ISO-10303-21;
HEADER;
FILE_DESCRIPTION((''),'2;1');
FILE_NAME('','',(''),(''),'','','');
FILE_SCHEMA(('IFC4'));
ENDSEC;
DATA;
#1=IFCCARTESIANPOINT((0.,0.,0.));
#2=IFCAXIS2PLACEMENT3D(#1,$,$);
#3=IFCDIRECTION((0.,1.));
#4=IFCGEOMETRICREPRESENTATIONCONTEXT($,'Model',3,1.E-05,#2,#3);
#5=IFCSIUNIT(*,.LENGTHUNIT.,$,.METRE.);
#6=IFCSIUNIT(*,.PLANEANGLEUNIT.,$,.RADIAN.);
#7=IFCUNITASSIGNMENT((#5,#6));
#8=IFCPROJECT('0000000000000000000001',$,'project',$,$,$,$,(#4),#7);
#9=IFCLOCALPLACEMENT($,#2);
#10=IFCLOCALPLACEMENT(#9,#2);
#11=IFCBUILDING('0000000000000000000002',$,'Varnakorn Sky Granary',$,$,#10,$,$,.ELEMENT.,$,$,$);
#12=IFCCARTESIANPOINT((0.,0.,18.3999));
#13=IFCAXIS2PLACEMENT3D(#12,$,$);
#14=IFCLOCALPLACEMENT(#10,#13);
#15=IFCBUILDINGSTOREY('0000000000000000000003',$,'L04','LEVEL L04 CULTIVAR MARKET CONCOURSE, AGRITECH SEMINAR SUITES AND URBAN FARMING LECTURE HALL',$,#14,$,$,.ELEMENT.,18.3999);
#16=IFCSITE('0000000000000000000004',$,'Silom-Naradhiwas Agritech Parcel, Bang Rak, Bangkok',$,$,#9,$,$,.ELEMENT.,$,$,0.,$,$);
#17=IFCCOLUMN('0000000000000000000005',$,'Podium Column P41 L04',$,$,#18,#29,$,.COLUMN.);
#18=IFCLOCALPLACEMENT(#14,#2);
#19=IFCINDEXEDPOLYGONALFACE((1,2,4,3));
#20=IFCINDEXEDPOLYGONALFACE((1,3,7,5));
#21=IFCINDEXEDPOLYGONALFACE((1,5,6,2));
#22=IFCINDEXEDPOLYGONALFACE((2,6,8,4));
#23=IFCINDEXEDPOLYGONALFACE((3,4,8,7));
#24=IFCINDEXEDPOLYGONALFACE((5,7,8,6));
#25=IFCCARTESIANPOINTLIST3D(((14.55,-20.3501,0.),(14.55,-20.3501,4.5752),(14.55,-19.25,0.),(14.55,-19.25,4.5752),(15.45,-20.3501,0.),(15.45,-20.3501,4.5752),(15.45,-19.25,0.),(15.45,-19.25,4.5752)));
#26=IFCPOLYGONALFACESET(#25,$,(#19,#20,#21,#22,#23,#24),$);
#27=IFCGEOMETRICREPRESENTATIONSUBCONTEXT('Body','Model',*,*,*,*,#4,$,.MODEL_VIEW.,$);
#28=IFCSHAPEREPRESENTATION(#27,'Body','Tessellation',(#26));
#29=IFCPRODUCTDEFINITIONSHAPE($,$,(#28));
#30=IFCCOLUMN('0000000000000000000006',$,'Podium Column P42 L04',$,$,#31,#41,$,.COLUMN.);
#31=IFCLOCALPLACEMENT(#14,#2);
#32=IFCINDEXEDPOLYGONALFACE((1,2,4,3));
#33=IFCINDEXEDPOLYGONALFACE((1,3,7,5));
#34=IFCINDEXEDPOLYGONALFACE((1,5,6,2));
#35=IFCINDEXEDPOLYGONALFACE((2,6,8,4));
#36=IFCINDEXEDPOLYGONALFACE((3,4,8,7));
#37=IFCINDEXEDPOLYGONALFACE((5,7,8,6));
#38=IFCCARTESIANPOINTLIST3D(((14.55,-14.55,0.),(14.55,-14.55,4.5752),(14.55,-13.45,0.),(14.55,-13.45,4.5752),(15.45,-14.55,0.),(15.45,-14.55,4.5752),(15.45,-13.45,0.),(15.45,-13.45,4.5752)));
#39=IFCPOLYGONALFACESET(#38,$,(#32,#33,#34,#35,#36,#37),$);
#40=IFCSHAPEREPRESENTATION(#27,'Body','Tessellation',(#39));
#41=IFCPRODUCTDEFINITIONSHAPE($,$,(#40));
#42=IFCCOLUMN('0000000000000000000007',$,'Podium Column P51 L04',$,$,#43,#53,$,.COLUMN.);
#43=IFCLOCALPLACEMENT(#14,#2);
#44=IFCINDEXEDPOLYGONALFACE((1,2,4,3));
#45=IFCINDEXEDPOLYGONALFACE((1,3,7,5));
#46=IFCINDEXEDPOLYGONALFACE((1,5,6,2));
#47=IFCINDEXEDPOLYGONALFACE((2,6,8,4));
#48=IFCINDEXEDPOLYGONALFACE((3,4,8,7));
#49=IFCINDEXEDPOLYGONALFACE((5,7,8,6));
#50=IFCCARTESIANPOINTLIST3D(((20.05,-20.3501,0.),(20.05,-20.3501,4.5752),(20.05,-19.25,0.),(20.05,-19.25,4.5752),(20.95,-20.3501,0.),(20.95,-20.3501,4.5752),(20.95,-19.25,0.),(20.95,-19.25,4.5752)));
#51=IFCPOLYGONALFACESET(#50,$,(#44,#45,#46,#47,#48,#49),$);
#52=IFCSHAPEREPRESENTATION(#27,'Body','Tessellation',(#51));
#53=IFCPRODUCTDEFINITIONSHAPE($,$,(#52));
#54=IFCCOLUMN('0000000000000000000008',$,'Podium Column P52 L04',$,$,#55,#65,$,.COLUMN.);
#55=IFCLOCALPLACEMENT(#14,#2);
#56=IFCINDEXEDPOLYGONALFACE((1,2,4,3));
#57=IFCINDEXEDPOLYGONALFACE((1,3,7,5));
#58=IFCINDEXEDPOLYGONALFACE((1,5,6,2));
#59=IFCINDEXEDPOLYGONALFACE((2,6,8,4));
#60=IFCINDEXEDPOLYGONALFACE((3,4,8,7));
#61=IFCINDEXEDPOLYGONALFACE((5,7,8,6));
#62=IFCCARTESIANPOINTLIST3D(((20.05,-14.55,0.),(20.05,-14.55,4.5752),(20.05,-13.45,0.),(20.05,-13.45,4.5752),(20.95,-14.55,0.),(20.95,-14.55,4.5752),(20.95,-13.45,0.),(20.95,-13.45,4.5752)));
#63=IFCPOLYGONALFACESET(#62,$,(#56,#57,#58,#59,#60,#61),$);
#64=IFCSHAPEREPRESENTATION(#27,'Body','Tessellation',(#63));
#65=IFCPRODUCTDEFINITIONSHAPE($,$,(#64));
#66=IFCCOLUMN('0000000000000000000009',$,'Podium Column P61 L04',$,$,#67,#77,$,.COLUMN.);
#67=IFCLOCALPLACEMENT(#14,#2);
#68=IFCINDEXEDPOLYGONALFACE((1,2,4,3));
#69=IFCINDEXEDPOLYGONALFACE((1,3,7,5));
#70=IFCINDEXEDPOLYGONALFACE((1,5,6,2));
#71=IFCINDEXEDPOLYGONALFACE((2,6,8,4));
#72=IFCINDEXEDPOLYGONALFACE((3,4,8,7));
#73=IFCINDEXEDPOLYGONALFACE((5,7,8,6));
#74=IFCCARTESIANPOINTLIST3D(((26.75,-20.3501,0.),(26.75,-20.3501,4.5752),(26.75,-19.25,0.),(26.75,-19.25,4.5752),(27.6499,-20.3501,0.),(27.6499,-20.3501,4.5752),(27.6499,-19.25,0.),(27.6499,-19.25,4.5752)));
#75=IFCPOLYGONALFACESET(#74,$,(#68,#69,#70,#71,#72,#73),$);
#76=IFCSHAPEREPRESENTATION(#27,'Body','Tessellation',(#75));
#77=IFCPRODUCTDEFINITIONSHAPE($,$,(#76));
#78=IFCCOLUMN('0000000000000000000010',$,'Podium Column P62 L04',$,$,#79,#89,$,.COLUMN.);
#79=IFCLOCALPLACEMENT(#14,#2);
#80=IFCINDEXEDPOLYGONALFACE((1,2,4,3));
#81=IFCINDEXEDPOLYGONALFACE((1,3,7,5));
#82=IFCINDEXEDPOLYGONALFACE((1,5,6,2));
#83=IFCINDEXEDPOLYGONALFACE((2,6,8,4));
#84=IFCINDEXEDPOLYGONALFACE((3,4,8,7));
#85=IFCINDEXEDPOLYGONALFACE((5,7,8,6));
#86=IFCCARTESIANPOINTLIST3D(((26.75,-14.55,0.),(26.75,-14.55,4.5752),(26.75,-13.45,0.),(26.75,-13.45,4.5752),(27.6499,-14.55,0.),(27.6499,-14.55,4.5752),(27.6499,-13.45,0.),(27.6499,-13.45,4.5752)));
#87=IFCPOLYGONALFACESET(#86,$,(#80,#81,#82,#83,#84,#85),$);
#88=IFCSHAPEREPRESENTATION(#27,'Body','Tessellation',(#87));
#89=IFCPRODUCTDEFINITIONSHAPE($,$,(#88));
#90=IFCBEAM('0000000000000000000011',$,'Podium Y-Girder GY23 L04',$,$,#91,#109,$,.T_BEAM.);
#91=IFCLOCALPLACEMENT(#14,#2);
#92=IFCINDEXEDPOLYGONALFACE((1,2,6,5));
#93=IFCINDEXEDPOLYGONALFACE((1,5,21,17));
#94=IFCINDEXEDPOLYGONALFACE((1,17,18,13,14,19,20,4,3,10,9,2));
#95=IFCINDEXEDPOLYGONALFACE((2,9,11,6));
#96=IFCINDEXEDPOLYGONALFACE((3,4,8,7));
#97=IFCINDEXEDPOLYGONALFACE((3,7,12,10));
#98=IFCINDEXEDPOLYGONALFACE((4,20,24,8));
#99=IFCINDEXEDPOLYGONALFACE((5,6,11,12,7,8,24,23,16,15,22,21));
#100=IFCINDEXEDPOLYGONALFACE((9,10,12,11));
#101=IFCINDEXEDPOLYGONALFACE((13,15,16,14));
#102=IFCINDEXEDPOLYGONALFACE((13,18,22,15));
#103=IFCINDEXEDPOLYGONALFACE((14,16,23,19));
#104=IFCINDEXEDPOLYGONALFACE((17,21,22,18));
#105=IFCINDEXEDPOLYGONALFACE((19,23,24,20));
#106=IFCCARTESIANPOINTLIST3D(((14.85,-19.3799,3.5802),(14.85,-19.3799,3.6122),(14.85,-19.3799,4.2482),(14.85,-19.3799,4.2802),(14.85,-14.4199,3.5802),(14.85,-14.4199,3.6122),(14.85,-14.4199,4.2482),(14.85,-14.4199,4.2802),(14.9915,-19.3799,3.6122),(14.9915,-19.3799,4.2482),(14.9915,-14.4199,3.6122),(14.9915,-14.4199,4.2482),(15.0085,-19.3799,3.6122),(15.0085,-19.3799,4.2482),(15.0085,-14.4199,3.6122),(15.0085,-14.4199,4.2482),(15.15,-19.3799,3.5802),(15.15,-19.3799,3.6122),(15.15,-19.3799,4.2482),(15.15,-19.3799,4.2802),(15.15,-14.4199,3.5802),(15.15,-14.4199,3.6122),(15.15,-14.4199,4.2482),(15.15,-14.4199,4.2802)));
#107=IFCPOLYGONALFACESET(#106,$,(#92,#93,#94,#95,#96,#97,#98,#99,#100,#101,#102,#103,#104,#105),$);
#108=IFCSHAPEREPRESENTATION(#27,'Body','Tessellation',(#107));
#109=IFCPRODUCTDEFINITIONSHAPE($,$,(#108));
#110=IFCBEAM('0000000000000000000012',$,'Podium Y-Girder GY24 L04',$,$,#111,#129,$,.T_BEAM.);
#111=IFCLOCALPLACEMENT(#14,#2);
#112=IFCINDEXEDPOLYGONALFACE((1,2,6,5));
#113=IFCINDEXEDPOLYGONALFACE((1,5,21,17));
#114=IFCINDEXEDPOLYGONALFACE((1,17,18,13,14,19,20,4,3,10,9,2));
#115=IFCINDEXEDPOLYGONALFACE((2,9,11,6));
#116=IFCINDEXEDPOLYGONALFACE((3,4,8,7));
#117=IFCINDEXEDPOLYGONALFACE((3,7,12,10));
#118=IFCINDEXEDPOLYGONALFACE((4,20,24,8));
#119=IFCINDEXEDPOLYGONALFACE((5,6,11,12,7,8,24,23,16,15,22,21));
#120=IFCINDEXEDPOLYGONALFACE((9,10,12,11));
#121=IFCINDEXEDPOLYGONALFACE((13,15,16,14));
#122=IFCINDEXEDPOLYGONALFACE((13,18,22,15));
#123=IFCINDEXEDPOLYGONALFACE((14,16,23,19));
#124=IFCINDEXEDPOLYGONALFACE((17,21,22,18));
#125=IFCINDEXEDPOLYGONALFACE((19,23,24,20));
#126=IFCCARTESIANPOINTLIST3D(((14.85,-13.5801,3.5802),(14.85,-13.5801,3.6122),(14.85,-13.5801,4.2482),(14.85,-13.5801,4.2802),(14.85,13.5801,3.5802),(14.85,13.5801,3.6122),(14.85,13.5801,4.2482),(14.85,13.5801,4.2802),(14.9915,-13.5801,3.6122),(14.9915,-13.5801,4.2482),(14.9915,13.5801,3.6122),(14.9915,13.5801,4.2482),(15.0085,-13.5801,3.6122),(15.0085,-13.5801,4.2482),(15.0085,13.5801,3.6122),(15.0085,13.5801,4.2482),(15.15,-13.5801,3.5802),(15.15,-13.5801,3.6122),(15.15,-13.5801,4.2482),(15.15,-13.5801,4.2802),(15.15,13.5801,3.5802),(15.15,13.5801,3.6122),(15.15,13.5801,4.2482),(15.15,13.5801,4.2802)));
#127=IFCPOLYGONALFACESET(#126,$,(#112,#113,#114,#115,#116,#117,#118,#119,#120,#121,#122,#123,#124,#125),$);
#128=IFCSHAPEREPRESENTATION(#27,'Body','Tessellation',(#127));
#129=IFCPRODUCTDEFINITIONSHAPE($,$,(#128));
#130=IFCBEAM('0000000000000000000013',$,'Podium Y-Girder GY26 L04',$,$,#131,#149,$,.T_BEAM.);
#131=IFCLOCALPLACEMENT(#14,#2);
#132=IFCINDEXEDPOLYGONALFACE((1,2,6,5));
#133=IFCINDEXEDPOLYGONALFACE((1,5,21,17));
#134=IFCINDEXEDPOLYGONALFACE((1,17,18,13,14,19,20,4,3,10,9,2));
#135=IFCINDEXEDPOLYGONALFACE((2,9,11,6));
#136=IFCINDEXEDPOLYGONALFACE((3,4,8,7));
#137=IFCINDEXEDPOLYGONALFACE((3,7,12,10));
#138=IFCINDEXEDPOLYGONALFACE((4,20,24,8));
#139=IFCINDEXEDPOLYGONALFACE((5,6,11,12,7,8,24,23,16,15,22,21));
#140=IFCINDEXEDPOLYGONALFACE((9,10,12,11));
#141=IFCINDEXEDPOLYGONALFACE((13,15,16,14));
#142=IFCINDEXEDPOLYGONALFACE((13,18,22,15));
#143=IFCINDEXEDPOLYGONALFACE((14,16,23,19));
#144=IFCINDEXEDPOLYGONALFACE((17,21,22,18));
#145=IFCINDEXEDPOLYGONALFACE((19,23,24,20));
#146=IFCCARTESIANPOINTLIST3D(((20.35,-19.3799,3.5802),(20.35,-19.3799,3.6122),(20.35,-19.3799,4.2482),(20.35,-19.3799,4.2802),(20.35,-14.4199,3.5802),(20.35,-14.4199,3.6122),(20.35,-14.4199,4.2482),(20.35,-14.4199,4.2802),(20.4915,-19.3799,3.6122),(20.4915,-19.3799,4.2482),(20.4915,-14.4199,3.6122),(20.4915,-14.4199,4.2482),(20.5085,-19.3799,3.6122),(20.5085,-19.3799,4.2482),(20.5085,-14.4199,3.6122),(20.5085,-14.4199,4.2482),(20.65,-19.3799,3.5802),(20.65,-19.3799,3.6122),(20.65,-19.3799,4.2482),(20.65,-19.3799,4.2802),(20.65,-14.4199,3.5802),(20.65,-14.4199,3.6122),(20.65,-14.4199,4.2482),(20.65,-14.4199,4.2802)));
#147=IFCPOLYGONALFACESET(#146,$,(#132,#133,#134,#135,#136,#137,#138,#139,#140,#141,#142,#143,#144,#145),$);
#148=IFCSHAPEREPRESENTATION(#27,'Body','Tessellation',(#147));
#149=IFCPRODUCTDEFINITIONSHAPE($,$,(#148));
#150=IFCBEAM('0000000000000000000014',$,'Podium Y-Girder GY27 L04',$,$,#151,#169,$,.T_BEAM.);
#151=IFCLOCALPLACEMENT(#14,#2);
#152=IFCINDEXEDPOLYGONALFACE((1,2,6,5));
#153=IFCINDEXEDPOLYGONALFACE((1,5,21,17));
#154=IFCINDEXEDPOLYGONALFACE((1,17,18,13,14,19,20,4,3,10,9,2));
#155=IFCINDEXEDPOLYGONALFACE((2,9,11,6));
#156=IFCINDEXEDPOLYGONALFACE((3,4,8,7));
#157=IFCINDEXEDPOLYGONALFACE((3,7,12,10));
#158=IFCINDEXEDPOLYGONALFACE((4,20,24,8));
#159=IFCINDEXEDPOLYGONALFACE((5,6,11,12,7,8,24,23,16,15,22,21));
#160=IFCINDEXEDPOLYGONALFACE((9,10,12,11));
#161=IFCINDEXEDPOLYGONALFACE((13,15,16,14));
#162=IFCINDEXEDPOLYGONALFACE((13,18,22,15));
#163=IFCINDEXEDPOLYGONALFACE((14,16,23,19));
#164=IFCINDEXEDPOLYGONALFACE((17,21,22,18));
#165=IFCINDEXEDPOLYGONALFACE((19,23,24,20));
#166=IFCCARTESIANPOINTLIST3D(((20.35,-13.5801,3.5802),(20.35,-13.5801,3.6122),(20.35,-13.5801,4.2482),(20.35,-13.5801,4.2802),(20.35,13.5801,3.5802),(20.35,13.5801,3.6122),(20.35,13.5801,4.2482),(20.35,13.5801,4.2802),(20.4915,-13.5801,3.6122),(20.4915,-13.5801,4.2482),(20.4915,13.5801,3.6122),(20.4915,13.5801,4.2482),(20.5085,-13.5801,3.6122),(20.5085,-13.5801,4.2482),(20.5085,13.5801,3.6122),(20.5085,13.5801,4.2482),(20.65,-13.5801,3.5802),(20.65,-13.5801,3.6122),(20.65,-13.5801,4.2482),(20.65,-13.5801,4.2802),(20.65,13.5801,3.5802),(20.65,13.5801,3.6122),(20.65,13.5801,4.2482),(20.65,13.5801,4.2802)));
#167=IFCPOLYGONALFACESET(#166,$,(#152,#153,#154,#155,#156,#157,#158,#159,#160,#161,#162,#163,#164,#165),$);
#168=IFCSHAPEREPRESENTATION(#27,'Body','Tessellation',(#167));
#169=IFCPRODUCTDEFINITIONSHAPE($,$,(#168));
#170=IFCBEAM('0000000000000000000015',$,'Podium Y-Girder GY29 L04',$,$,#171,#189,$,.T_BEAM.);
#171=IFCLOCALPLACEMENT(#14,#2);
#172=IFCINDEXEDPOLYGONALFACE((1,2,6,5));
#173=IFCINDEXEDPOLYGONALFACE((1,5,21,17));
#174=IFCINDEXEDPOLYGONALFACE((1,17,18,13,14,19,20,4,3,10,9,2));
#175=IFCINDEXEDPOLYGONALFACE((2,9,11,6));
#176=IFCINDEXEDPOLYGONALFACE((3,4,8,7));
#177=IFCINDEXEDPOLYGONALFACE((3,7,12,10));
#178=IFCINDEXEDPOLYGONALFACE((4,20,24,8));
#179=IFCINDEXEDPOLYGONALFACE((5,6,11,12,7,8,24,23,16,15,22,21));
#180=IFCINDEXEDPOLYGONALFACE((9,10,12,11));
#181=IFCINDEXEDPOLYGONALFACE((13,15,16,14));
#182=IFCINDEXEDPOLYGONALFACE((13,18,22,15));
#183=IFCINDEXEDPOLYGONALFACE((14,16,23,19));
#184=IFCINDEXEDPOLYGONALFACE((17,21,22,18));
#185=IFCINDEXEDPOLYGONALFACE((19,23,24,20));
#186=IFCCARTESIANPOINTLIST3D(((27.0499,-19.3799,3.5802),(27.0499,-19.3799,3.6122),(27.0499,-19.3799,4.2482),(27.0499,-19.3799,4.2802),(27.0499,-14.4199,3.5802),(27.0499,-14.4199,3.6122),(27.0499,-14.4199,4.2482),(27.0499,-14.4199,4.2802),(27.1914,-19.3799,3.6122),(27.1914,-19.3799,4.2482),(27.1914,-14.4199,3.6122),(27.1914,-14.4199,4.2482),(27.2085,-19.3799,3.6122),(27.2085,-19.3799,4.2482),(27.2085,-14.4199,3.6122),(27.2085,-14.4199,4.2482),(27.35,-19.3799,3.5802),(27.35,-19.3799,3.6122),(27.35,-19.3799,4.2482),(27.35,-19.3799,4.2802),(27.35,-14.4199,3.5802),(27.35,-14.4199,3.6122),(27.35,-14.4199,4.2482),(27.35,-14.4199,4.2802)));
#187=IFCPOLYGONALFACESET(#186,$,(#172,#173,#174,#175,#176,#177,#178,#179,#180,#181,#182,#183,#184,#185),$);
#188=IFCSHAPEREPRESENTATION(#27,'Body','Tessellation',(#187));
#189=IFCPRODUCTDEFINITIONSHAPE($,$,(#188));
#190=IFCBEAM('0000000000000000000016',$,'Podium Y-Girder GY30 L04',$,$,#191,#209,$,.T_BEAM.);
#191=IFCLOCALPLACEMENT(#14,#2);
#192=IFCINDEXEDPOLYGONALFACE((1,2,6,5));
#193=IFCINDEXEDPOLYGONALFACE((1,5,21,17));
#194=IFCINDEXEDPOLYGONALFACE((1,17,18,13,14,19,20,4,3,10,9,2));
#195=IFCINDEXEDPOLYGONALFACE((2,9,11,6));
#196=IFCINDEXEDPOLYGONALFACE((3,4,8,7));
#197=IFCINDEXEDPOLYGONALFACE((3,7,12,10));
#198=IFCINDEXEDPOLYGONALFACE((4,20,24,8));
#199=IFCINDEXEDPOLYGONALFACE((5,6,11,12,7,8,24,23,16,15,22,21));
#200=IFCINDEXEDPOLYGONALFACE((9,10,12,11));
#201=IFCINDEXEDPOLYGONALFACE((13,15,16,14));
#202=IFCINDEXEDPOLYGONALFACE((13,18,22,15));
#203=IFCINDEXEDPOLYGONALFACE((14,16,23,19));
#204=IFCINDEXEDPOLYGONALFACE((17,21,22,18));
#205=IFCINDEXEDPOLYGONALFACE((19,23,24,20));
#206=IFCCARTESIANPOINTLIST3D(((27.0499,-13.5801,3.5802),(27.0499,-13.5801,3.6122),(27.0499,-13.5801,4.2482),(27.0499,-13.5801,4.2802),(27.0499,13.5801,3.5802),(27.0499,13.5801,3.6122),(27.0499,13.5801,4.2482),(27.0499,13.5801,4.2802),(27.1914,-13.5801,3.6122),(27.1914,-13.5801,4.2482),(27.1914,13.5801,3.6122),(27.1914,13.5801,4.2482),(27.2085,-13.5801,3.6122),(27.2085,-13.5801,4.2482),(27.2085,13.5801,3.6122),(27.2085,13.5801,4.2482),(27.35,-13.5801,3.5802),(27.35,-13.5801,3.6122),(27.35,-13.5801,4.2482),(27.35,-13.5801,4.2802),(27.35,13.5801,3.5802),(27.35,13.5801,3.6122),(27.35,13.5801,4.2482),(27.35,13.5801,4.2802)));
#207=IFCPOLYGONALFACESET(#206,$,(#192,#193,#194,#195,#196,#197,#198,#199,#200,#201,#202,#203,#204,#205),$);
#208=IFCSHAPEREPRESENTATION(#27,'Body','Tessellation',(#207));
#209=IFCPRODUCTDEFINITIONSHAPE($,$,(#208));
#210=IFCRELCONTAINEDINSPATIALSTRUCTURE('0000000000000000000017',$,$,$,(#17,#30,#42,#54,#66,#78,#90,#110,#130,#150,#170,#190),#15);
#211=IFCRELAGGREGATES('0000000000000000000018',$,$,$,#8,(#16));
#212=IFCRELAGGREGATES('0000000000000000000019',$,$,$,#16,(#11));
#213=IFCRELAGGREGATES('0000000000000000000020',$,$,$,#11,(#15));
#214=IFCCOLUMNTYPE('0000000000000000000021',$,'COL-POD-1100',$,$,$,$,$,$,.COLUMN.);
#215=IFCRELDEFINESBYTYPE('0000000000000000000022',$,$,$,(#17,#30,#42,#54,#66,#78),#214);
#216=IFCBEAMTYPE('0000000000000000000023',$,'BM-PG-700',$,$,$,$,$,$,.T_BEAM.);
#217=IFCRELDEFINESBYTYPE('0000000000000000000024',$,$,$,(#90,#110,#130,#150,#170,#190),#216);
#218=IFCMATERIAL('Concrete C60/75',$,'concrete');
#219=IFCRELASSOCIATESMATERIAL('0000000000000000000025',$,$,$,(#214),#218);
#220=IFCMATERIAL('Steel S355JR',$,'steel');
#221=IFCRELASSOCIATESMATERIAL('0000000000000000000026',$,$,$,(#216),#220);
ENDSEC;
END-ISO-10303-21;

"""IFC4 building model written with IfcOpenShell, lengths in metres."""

from ifc_helpers import new_model, si_unit, direction, frame, origin, origin_2d, place, context, subcontext, project, spatial, rectangle, i_section, extrude, material, material_profile, profile_set, type_object, element, save


model = new_model("IFC4")

# Units and contexts
model_context = context("Model", 3, precision=1e-05, world=origin(), true_north=direction((0.0, 1.0)))
body_context = subcontext(model_context, "Body", "Model", "MODEL_VIEW")
ifc_project = project(units=[si_unit("LENGTHUNIT", "METRE"), si_unit("PLANEANGLEUNIT", "RADIAN")], contexts=[model_context])

# Site, building, storey
site_placement = place(None, origin())
site = spatial("IfcSite", under=ifc_project, at=site_placement, Name="Silom-Naradhiwas Agritech Parcel, Bang Rak, Bangkok", CompositionType="ELEMENT", RefElevation=0.0)
building_placement = place(site_placement, origin())
building = spatial("IfcBuilding", under=site, at=building_placement, Name="Varnakorn Sky Granary", CompositionType="ELEMENT")
storey_placement = place(building_placement, frame((0.0, 0.0, 18.3999)))
storey = spatial("IfcBuildingStorey", under=building, at=storey_placement, Name="L04", Description="LEVEL L04 CULTIVAR MARKET CONCOURSE, AGRITECH SEMINAR SUITES AND URBAN FARMING LECTURE HALL", CompositionType="ELEMENT", Elevation=18.3999)

# Columns
ifc_material_1 = material(Name="Concrete C60/75", Category="concrete")
ifc_material_profile_1 = material_profile(ifc_material_1, rectangle(XDim=0.8999, YDim=1.1001, at=origin_2d()), Name="RC 900x1100")
ifc_profile_set_1 = profile_set([ifc_material_profile_1], Name="Concrete C60/75")
column_type = type_object("IfcColumnType", Name="COL-POD-1100", PredefinedType="COLUMN", material=ifc_profile_set_1)
for number, where, z_axis, x_axis, name in (
    (1, (15.0, -19.8, 0.0), (0.0, 0.0, 1.0), (1.0, 0.0, 0.0), "Podium Column P41 L04"),
    (2, (15.0, -14.0, 0.0), (0.0, 0.0, 1.0), (1.0, 0.0, 0.0), "Podium Column P42 L04"),
    (3, (20.5, -19.8, 0.0), (0.0, 0.0, 1.0), (1.0, 0.0, 0.0), "Podium Column P51 L04"),
    (4, (20.5, -14.0, 0.0), (0.0, 0.0, 1.0), (1.0, 0.0, 0.0), "Podium Column P52 L04"),
    (5, (27.2, -19.8, 0.0), (0.0, 0.0, 1.0), (1.0, 0.0, 0.0), "Podium Column P61 L04"),
    (6, (27.2, -14.0, 0.0), (0.0, 0.0, 1.0), (1.0, 0.0, 0.0), "Podium Column P62 L04"),
):
    element("IfcColumn", number, at=place(storey_placement, frame(where, z_axis=z_axis, x_axis=x_axis)), inside=storey, type_object=column_type, Name=name, PredefinedType="COLUMN", context=body_context, shape_type="SweptSolid", body=[
        extrude(rectangle(XDim=0.8999, YDim=1.1001, at=origin_2d()), origin(), (0.0, 0.0, 1.0), 4.5752),
    ])

# Beams
ifc_material_2 = material(Name="Steel S355JR", Category="steel")
ifc_material_profile_2 = material_profile(ifc_material_2, i_section(OverallWidth=0.3, OverallDepth=0.7, WebThickness=0.0171, FlangeThickness=0.032, at=origin_2d()), Name="HE 700 B")
ifc_profile_set_2 = profile_set([ifc_material_profile_2], Name="Steel S355JR")
beam_type_1 = type_object("IfcBeamType", Name="BM-PG-700", PredefinedType="T_BEAM", material=ifc_profile_set_2)
beam_1_placement = place(storey_placement, frame((15.0, -19.3799, 3.9302), z_axis=(0.0, 1.0, 0.0), x_axis=(-1.0, 0.0, 0.0)))
element("IfcBeam", 7, at=beam_1_placement, inside=storey, type_object=beam_type_1, Name="Podium Y-Girder GY23 L04", PredefinedType="T_BEAM", context=body_context, shape_type="SweptSolid", body=[
    extrude(i_section(OverallWidth=0.3, OverallDepth=0.7, WebThickness=0.0171, FlangeThickness=0.032, at=origin_2d()), origin(), (0.0, 0.0, 1.0), 4.96),
])
beam_2_placement = place(storey_placement, frame((15.0, -13.5801, 3.9302), z_axis=(0.0, 1.0, 0.0), x_axis=(-1.0, 0.0, 0.0)))
element("IfcBeam", 8, at=beam_2_placement, inside=storey, type_object=beam_type_1, Name="Podium Y-Girder GY24 L04", PredefinedType="T_BEAM", context=body_context, shape_type="SweptSolid", body=[
    extrude(i_section(OverallWidth=0.3, OverallDepth=0.7, WebThickness=0.0171, FlangeThickness=0.032, at=origin_2d()), origin(), (0.0, 0.0, 1.0), 27.1602),
])
beam_3_placement = place(storey_placement, frame((20.5, -19.3799, 3.9302), z_axis=(0.0, 1.0, 0.0), x_axis=(-1.0, 0.0, 0.0)))
element("IfcBeam", 9, at=beam_3_placement, inside=storey, type_object=beam_type_1, Name="Podium Y-Girder GY26 L04", PredefinedType="T_BEAM", context=body_context, shape_type="SweptSolid", body=[
    extrude(i_section(OverallWidth=0.3, OverallDepth=0.7, WebThickness=0.0171, FlangeThickness=0.032, at=origin_2d()), origin(), (0.0, 0.0, 1.0), 4.96),
])
beam_4_placement = place(storey_placement, frame((20.5, -13.5801, 3.9302), z_axis=(0.0, 1.0, 0.0), x_axis=(-1.0, 0.0, 0.0)))
element("IfcBeam", 10, at=beam_4_placement, inside=storey, type_object=beam_type_1, Name="Podium Y-Girder GY27 L04", PredefinedType="T_BEAM", context=body_context, shape_type="SweptSolid", body=[
    extrude(i_section(OverallWidth=0.3, OverallDepth=0.7, WebThickness=0.0171, FlangeThickness=0.032, at=origin_2d()), origin(), (0.0, 0.0, 1.0), 27.1602),
])
beam_5_placement = place(storey_placement, frame((27.2, -19.3799, 3.9302), z_axis=(0.0, 1.0, 0.0), x_axis=(-1.0, 0.0, 0.0)))
element("IfcBeam", 11, at=beam_5_placement, inside=storey, type_object=beam_type_1, Name="Podium Y-Girder GY29 L04", PredefinedType="T_BEAM", context=body_context, shape_type="SweptSolid", body=[
    extrude(i_section(OverallWidth=0.3, OverallDepth=0.7, WebThickness=0.0171, FlangeThickness=0.032, at=origin_2d()), origin(), (0.0, 0.0, 1.0), 4.96),
])
beam_6_placement = place(storey_placement, frame((27.2, -13.5801, 3.9302), z_axis=(0.0, 1.0, 0.0), x_axis=(-1.0, 0.0, 0.0)))
element("IfcBeam", 12, at=beam_6_placement, inside=storey, type_object=beam_type_1, Name="Podium Y-Girder GY30 L04", PredefinedType="T_BEAM", context=body_context, shape_type="SweptSolid", body=[
    extrude(i_section(OverallWidth=0.3, OverallDepth=0.7, WebThickness=0.0171, FlangeThickness=0.032, at=origin_2d()), origin(), (0.0, 0.0, 1.0), 27.1602),
])

save(model, "model.ifc")
